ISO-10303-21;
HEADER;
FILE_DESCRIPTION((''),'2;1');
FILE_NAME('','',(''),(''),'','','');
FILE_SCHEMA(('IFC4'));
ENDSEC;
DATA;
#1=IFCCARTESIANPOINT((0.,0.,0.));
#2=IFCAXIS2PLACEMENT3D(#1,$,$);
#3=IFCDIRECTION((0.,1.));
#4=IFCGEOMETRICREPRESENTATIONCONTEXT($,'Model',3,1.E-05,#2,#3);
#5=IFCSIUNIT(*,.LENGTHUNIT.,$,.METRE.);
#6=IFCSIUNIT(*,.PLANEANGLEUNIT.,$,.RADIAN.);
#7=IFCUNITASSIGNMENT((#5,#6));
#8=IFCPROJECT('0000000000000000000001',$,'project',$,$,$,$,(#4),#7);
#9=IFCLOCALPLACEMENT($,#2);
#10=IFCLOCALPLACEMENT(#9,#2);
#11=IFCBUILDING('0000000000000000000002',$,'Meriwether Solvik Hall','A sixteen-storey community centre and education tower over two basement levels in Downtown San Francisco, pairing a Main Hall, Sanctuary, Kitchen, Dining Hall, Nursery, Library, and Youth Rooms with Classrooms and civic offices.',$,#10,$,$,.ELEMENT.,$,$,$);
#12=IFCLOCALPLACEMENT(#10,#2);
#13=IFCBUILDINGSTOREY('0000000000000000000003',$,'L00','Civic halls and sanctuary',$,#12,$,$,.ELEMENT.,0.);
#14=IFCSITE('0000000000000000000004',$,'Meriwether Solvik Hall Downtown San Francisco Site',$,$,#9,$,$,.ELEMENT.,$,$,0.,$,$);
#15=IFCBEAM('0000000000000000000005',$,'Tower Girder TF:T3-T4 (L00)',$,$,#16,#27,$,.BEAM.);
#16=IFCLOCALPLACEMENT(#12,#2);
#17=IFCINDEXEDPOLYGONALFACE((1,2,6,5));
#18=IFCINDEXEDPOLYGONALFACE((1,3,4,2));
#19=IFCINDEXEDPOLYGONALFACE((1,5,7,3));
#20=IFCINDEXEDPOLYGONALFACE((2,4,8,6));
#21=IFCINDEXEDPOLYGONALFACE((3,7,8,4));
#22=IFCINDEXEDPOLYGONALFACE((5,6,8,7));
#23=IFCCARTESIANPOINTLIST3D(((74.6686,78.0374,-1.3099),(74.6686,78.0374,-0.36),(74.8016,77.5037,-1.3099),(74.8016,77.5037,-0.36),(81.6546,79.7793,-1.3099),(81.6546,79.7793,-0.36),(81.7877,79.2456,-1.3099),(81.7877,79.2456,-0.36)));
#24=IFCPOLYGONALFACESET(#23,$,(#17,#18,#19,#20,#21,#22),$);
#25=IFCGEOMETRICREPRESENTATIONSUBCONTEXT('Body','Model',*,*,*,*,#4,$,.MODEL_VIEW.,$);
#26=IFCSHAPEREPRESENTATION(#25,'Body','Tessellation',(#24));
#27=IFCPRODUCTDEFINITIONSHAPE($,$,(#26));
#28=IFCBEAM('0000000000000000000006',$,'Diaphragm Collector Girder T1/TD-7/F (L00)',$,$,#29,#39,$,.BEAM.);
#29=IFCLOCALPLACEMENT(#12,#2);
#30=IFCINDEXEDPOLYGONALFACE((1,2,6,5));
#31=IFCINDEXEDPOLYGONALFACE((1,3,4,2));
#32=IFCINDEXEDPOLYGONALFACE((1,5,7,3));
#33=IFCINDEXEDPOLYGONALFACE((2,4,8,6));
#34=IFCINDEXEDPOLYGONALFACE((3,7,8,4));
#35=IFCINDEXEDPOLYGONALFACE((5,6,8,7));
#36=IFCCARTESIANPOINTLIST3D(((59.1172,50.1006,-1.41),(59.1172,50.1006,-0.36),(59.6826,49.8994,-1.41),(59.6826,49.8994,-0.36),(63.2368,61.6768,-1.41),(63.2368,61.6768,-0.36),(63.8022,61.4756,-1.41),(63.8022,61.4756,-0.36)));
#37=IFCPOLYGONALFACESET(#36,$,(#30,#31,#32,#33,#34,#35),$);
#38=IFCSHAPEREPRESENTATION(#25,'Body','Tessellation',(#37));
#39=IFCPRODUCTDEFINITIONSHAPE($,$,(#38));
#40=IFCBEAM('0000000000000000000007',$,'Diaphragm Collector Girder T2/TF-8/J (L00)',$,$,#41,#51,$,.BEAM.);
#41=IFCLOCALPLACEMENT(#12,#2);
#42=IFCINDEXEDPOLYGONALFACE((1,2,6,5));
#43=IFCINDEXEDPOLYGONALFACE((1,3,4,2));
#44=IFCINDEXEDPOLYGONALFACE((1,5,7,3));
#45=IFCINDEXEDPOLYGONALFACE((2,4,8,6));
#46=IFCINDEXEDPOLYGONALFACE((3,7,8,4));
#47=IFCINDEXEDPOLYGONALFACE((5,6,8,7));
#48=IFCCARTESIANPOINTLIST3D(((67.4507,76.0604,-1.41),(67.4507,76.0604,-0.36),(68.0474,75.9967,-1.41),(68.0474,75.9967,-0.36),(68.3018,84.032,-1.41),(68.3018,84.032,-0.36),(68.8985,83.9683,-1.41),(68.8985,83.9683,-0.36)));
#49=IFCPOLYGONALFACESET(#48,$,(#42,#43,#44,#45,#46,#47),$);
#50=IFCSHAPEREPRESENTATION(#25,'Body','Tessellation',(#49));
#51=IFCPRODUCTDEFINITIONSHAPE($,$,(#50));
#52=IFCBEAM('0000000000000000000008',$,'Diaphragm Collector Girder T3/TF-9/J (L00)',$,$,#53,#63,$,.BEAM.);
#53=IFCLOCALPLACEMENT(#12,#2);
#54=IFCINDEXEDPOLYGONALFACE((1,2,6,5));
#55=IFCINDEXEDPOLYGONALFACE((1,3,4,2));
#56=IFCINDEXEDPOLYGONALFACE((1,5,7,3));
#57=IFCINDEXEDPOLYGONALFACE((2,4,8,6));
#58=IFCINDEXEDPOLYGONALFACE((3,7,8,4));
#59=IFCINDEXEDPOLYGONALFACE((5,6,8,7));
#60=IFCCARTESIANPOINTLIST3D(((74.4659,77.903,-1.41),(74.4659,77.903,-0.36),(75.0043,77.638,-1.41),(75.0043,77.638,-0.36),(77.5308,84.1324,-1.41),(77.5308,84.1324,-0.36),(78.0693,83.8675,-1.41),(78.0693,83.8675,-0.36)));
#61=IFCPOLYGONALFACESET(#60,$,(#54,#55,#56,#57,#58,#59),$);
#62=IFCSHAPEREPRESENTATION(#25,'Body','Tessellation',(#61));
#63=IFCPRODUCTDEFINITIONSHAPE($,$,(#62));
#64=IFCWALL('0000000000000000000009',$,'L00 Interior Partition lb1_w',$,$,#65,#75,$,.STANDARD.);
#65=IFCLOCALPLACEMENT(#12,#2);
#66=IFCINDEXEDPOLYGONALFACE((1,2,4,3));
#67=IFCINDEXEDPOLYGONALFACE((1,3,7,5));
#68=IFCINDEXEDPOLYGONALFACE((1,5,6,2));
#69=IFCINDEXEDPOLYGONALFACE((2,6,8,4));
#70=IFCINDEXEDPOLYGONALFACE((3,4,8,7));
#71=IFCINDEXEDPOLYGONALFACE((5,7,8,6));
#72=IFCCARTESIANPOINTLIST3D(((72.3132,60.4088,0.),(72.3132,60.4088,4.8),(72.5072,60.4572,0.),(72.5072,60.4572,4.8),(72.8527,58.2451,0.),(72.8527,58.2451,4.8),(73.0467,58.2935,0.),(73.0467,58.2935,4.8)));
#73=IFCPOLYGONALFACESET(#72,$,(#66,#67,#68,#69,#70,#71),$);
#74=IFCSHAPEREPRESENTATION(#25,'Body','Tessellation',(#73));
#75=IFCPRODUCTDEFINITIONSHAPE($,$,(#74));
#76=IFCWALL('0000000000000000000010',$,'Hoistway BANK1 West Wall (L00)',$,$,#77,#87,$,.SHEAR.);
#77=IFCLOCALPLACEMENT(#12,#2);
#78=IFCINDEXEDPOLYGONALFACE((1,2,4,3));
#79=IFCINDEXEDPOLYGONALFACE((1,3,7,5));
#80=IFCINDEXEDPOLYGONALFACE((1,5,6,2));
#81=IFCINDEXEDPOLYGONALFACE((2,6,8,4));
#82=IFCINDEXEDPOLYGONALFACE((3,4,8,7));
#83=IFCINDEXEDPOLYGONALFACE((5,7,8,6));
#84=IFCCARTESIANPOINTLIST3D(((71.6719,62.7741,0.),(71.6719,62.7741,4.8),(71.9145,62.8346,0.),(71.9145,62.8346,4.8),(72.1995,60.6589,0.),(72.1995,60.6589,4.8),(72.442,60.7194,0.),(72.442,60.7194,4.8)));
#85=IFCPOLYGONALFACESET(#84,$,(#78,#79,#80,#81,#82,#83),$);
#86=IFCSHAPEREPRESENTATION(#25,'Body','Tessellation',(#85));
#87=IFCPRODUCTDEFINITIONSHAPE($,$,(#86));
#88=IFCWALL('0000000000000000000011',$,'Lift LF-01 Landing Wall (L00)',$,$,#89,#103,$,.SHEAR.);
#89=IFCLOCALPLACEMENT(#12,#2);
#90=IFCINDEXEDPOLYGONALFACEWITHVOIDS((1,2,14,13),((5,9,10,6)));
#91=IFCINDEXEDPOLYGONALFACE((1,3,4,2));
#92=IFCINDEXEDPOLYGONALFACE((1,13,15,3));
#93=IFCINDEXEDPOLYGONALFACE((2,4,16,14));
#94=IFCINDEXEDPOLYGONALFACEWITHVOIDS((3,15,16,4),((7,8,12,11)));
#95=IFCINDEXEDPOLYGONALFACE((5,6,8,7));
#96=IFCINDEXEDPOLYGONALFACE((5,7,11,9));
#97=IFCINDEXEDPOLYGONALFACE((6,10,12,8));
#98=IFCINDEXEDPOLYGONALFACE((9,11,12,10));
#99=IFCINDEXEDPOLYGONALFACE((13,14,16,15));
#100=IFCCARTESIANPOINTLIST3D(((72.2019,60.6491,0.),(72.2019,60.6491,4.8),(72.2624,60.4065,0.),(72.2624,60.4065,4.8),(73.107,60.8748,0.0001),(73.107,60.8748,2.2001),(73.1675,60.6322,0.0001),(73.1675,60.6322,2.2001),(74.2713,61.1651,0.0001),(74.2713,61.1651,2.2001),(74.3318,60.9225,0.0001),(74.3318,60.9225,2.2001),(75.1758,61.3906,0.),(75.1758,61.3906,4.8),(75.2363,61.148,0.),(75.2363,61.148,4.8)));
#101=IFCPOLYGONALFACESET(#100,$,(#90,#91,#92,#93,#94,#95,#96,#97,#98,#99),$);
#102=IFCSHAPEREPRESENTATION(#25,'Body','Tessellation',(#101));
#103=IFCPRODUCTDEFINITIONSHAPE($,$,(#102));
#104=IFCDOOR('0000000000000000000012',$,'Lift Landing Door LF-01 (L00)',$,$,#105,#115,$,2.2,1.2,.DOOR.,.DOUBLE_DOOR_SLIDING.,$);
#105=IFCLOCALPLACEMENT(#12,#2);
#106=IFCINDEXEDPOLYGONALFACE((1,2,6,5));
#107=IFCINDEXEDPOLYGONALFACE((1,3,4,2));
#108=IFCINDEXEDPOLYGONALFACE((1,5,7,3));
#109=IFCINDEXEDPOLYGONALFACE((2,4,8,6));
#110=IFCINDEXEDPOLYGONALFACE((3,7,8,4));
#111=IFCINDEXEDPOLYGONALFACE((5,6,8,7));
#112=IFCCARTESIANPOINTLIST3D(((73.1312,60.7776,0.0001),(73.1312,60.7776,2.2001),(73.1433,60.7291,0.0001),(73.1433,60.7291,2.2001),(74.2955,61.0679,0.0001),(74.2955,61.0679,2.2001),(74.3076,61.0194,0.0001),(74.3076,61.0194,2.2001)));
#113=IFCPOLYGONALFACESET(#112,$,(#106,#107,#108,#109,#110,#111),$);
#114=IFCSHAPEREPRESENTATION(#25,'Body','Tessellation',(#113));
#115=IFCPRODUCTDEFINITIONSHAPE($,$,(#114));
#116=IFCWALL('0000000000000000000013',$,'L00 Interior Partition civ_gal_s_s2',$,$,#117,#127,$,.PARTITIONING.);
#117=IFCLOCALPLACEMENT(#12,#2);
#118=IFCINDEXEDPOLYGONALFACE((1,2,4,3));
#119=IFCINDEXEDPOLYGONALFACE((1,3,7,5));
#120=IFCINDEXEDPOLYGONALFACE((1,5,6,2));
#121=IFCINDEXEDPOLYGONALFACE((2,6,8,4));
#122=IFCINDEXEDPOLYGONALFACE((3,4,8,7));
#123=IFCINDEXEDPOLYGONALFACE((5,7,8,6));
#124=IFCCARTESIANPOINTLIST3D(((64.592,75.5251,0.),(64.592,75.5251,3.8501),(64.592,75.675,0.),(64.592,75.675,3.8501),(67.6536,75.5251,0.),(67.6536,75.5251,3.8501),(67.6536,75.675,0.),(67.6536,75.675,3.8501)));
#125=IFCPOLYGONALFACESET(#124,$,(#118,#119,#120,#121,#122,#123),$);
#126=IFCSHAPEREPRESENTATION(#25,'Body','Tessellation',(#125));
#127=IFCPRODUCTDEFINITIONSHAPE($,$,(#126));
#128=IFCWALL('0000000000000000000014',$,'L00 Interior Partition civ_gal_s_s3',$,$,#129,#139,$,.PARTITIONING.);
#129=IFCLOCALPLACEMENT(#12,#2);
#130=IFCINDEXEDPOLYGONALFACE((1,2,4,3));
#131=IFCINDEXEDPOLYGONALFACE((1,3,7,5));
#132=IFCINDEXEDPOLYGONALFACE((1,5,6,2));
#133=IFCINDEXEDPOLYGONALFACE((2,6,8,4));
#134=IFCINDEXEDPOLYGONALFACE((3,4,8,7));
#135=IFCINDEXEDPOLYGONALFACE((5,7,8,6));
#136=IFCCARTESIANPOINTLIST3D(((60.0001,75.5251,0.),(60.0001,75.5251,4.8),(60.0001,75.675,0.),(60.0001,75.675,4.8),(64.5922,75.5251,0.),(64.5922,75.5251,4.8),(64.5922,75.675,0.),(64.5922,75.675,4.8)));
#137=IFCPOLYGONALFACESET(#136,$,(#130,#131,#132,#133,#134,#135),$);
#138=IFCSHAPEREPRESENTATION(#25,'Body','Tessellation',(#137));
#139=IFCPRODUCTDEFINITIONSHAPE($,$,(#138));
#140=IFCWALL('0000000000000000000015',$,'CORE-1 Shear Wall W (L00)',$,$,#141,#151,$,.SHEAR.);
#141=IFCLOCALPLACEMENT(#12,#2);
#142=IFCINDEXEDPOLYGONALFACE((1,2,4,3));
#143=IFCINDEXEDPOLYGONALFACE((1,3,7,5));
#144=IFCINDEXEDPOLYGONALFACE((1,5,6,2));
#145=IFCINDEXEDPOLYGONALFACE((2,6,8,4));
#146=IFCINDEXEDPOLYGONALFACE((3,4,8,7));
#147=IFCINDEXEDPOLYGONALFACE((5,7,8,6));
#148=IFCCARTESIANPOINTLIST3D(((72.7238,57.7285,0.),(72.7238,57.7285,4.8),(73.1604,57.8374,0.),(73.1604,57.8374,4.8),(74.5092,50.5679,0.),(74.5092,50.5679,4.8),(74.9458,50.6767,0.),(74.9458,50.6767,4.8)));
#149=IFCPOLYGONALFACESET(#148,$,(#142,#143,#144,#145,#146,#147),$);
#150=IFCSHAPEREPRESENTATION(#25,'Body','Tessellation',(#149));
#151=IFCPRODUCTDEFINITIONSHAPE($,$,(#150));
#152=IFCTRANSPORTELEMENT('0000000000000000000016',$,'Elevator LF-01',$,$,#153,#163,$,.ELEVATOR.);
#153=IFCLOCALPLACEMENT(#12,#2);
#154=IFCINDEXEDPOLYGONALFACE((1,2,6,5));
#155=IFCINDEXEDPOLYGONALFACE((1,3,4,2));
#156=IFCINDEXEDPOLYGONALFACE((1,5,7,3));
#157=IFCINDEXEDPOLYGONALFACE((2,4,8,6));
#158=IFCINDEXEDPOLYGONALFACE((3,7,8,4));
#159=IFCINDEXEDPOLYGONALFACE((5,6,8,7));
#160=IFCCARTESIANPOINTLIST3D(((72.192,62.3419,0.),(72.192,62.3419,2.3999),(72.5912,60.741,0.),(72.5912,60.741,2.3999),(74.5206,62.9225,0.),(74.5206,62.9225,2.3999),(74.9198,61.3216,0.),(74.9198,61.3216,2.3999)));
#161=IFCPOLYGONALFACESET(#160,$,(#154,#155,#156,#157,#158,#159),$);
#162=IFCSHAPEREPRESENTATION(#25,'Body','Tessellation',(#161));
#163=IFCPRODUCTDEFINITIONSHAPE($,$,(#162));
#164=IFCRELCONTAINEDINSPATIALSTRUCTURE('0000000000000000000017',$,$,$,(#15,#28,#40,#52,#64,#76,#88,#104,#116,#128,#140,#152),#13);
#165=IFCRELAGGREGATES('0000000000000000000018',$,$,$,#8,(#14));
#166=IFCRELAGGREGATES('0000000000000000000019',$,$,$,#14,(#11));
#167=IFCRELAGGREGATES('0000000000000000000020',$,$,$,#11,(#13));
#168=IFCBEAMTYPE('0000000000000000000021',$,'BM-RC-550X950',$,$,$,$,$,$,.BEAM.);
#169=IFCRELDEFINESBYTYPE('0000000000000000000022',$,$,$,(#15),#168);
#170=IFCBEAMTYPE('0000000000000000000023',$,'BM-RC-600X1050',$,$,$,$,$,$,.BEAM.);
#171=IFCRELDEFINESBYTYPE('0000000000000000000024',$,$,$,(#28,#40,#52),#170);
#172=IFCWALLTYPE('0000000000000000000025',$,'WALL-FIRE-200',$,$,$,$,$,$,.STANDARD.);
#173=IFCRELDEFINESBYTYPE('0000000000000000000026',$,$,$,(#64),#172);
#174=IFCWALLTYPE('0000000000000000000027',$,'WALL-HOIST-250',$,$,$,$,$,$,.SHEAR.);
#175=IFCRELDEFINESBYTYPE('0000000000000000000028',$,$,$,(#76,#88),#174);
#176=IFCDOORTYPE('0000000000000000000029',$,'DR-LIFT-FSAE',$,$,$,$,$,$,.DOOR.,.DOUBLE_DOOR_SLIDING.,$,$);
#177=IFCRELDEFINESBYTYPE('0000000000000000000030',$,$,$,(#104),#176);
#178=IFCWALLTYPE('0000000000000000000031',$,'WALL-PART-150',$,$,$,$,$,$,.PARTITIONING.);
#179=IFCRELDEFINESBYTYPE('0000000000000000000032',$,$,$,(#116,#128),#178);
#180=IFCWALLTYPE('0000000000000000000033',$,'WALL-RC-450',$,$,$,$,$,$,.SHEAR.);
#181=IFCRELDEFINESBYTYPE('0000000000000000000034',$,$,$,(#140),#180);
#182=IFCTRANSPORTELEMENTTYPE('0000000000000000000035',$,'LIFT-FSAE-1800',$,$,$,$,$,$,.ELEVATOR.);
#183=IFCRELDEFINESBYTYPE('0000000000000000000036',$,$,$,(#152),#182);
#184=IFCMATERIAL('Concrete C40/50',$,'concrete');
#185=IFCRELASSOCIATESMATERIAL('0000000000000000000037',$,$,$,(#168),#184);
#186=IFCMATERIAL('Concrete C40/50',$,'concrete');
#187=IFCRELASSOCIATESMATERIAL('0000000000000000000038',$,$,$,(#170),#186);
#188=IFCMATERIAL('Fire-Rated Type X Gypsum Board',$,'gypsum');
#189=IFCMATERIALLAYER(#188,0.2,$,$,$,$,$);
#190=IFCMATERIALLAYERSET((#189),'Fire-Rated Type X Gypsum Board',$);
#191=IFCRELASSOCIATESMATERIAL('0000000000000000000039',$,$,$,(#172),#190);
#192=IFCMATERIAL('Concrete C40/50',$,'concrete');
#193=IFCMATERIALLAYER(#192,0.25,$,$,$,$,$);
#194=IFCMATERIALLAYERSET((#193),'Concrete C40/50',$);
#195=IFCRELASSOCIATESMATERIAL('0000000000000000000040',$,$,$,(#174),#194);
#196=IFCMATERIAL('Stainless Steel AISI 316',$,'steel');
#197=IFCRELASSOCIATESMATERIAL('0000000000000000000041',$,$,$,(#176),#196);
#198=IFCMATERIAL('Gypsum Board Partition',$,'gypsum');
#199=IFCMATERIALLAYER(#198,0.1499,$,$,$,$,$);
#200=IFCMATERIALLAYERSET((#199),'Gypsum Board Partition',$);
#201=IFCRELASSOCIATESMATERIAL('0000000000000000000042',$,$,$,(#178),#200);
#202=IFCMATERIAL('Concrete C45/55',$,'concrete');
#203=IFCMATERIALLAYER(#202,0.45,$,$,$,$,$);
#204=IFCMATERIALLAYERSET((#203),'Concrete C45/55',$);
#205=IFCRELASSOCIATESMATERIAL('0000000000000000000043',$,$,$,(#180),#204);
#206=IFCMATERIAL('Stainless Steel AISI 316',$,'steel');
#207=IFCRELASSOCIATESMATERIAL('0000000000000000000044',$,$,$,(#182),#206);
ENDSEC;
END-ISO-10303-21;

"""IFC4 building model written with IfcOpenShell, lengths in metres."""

from ifc_helpers import new_model, si_unit, direction, frame, frame_2d, origin, origin_2d, place, context, subcontext, project, spatial, rectangle, extrude, material, layer, layer_set, material_profile, profile_set, type_object, element, fill, save


model = new_model("IFC4")

# Units and contexts
model_context = context("Model", 3, precision=1e-05, world=origin(), true_north=direction((0.0, 1.0)))
body_context = subcontext(model_context, "Body", "Model", "MODEL_VIEW")
ifc_project = project(units=[si_unit("LENGTHUNIT", "METRE"), si_unit("PLANEANGLEUNIT", "RADIAN")], contexts=[model_context])

# Site, building, storey
site_placement = place(None, origin())
site = spatial("IfcSite", under=ifc_project, at=site_placement, Name="Meriwether Solvik Hall Downtown San Francisco Site", CompositionType="ELEMENT", RefElevation=0.0)
building_placement = place(site_placement, origin())
building = spatial("IfcBuilding", under=site, at=building_placement, Name="Meriwether Solvik Hall", Description="A sixteen-storey community centre and education tower over two basement levels in Downtown San Francisco, pairing a Main Hall, Sanctuary, Kitchen, Dining Hall, Nursery, Library, and Youth Rooms with Classrooms and civic offices.", CompositionType="ELEMENT")
storey_placement = place(building_placement, origin())
storey = spatial("IfcBuildingStorey", under=building, at=storey_placement, Name="L00", Description="Civic halls and sanctuary", CompositionType="ELEMENT", Elevation=0.0)

# Beams
ifc_material_1 = material(Name="Concrete C40/50", Category="concrete")
ifc_material_profile_1 = material_profile(ifc_material_1, rectangle(XDim=0.55, YDim=0.95, at=origin_2d()), Name="RCB-550X950")
ifc_profile_set_1 = profile_set([ifc_material_profile_1], Name="Concrete C40/50")
beam_type_1 = type_object("IfcBeamType", Name="BM-RC-550X950", PredefinedType="BEAM", material=ifc_profile_set_1)
for number, where, z_axis, x_axis, name in (
    (1, (74.7351, 77.7705, -0.835), (0.970292, 0.241937, 0.0), (-0.241937, 0.970292, 0.0), "Tower Girder TF:T3-T4 (L00)"),
):
    element("IfcBeam", number, at=place(storey_placement, frame(where, z_axis=z_axis, x_axis=x_axis)), inside=storey, type_object=beam_type_1, Name=name, PredefinedType="BEAM", context=body_context, shape_type="SweptSolid", body=[
        extrude(rectangle(XDim=0.55, YDim=0.95, at=origin_2d()), origin(), (0.0, 0.0, 1.0), 7.2),
    ])
ifc_material_2 = material(Name="Concrete C40/50", Category="concrete")
ifc_material_profile_2 = material_profile(ifc_material_2, rectangle(XDim=0.6001, YDim=1.05, at=origin_2d()), Name="RCB-600X1050")
ifc_profile_set_2 = profile_set([ifc_material_profile_2], Name="Concrete C40/50")
beam_type_2 = type_object("IfcBeamType", Name="BM-RC-600X1050", PredefinedType="BEAM", material=ifc_profile_set_2)
beam_1_placement = place(storey_placement, frame((63.5195, 61.5762, -0.885), z_axis=(-0.335274, -0.942121, 0.0), x_axis=(0.942121, -0.335274, 0.0)))
element("IfcBeam", 2, at=beam_1_placement, inside=storey, type_object=beam_type_2, Name="Diaphragm Collector Girder T1/TD-7/F (L00)", PredefinedType="BEAM", context=body_context, shape_type="SweptSolid", body=[
    extrude(rectangle(XDim=0.6001, YDim=1.05, at=origin_2d()), origin(), (0.0, 0.0, 1.0), 12.2874),
])
beam_2_placement = place(storey_placement, frame((67.749, 76.0286, -0.885), z_axis=(0.106162, 0.994349, 0.0), x_axis=(-0.994349, 0.106162, 0.0)))
element("IfcBeam", 3, at=beam_2_placement, inside=storey, type_object=beam_type_2, Name="Diaphragm Collector Girder T2/TF-8/J (L00)", PredefinedType="BEAM", context=body_context, shape_type="SweptSolid", body=[
    extrude(rectangle(XDim=0.6001, YDim=1.05, at=origin_2d()), origin(), (0.0, 0.0, 1.0), 8.0168),
])
beam_3_placement = place(storey_placement, frame((74.7351, 77.7705, -0.885), z_axis=(0.441465, 0.897278, 0.0), x_axis=(-0.897278, 0.441465, 0.0)))
element("IfcBeam", 4, at=beam_3_placement, inside=storey, type_object=beam_type_2, Name="Diaphragm Collector Girder T3/TF-9/J (L00)", PredefinedType="BEAM", context=body_context, shape_type="SweptSolid", body=[
    extrude(rectangle(XDim=0.6001, YDim=1.05, at=origin_2d()), origin(), (0.0, 0.0, 1.0), 6.9426),
])

# Walls
ifc_material_3 = material(Name="Fire-Rated Type X Gypsum Board", Category="gypsum")
ifc_layer_1 = layer(ifc_material_3, 0.2)
ifc_layer_set_1 = layer_set([ifc_layer_1], Name="Fire-Rated Type X Gypsum Board")
wall_type_1 = type_object("IfcWallType", Name="WALL-FIRE-200", PredefinedType="STANDARD", material=ifc_layer_set_1)
wall_1_placement = place(storey_placement, frame((72.9497, 58.2693, 0.0), z_axis=(0.0, 0.0, 1.0), x_axis=(-0.241943, 0.97029, 0.0)))
element("IfcWall", 5, at=wall_1_placement, inside=storey, type_object=wall_type_1, Name="L00 Interior Partition lb1_w", PredefinedType="STANDARD", context=body_context, shape_type="SweptSolid", body=[
    extrude(rectangle(XDim=2.23, YDim=0.2, at=frame_2d((1.115, 0.0))), origin(), (0.0, 0.0, 1.0), 4.8),
])
ifc_material_4 = material(Name="Concrete C40/50", Category="concrete")
ifc_layer_2 = layer(ifc_material_4, 0.25)
ifc_layer_set_2 = layer_set([ifc_layer_2], Name="Concrete C40/50")
wall_type_2 = type_object("IfcWallType", Name="WALL-HOIST-250", PredefinedType="SHEAR", material=ifc_layer_set_2)
wall_2_placement = place(storey_placement, frame((71.7932, 62.8042, 0.0), z_axis=(0.0, 0.0, 1.0), x_axis=(0.242009, -0.970274, 0.0)))
element("IfcWall", 6, at=wall_2_placement, inside=storey, type_object=wall_type_2, Name="Hoistway BANK1 West Wall (L00)", PredefinedType="SHEAR", context=body_context, shape_type="SweptSolid", body=[
    extrude(rectangle(XDim=2.1799, YDim=0.25, at=frame_2d((1.0898, 0.0))), origin(), (0.0, 0.0, 1.0), 4.8),
])

# Wall, opening, door
wall_3_placement = place(storey_placement, frame((72.2322, 60.5278, 0.0), z_axis=(0.0, 0.0, 1.0), x_axis=(0.970297, 0.241917, 0.0)))
wall_3 = element("IfcWall", 7, at=wall_3_placement, inside=storey, type_object=wall_type_2, Name="Lift LF-01 Landing Wall (L00)", PredefinedType="SHEAR", context=body_context, shape_type="SweptSolid", body=[
    extrude(rectangle(XDim=3.0649, YDim=0.25, at=frame_2d((1.5325, 0.0))), origin(), (0.0, 0.0, 1.0), 4.8),
])
opening_placement = place(wall_3_placement, frame((0.9326, 0.0, 0.0)))
opening = element("IfcOpeningElement", 8, at=opening_placement, cuts=wall_3, PredefinedType="OPENING", context=body_context, shape_type="SweptSolid", body=[
    extrude(rectangle(XDim=1.2, YDim=2.2, at=frame_2d((0.6001, 1.1001))), frame((0.0, 0.137, 0.0), z_axis=(0.0, -1.0, 0.0), x_axis=(1.0, 0.0, 0.0)), (0.0, 0.0, 1.0), 0.2739),
])
ifc_material_5 = material(Name="Stainless Steel AISI 316", Category="steel")
door_type = type_object("IfcDoorType", Name="DR-LIFT-FSAE", OperationType="DOUBLE_DOOR_SLIDING", PredefinedType="DOOR", material=ifc_material_5)
door_placement = place(opening_placement, origin())
door = element("IfcDoor", 9, at=door_placement, inside=storey, type_object=door_type, Name="Lift Landing Door LF-01 (L00)", OperationType="DOUBLE_DOOR_SLIDING", OverallHeight=2.2, OverallWidth=1.2, PredefinedType="DOOR", context=body_context, shape_type="SweptSolid", body=[
    extrude(rectangle(XDim=1.2, YDim=2.2, at=frame_2d((0.6001, 1.1001))), frame((0.0, 0.0249, 0.0), z_axis=(0.0, -1.0, 0.0), x_axis=(1.0, 0.0, 0.0)), (0.0, 0.0, 1.0), 0.05),
])
fill(opening, door)

# Walls
ifc_material_6 = material(Name="Gypsum Board Partition", Category="gypsum")
ifc_layer_3 = layer(ifc_material_6, 0.1499)
ifc_layer_set_3 = layer_set([ifc_layer_3], Name="Gypsum Board Partition")
wall_type_3 = type_object("IfcWallType", Name="WALL-PART-150", PredefinedType="PARTITIONING", material=ifc_layer_set_3)
wall_4_placement = place(storey_placement, frame((67.6536, 75.6001, 0.0), z_axis=(0.0, 0.0, 1.0), x_axis=(-1.0, 0.0, 0.0)))
element("IfcWall", 10, at=wall_4_placement, inside=storey, type_object=wall_type_3, Name="L00 Interior Partition civ_gal_s_s2", PredefinedType="PARTITIONING", context=body_context, shape_type="SweptSolid", body=[
    extrude(rectangle(XDim=3.0615, YDim=0.1499, at=frame_2d((1.5308, 0.0))), origin(), (0.0, 0.0, 1.0), 3.8501),
])
wall_5_placement = place(storey_placement, frame((64.592, 75.6001, 0.0), z_axis=(0.0, 0.0, 1.0), x_axis=(-1.0, 0.0, 0.0)))
element("IfcWall", 11, at=wall_5_placement, inside=storey, type_object=wall_type_3, Name="L00 Interior Partition civ_gal_s_s3", PredefinedType="PARTITIONING", context=body_context, shape_type="SweptSolid", body=[
    extrude(rectangle(XDim=4.592, YDim=0.1499, at=frame_2d((2.2959, 0.0))), origin(), (0.0, 0.0, 1.0), 4.8),
])
ifc_material_7 = material(Name="Concrete C45/55", Category="concrete")
ifc_layer_4 = layer(ifc_material_7, 0.45)
ifc_layer_set_4 = layer_set([ifc_layer_4], Name="Concrete C45/55")
wall_type_4 = type_object("IfcWallType", Name="WALL-RC-450", PredefinedType="SHEAR", material=ifc_layer_set_4)
wall_6_placement = place(storey_placement, frame((72.9421, 57.783, 0.0), z_axis=(0.0, 0.0, 1.0), x_axis=(0.241928, -0.970294, 0.0)))
element("IfcWall", 12, at=wall_6_placement, inside=storey, type_object=wall_type_4, Name="CORE-1 Shear Wall W (L00)", PredefinedType="SHEAR", context=body_context, shape_type="SweptSolid", body=[
    extrude(rectangle(XDim=7.3799, YDim=0.45, at=frame_2d((3.6899, 0.0))), origin(), (0.0, 0.0, 1.0), 4.8),
])

# Transport element
ifc_material_8 = material(Name="Stainless Steel AISI 316", Category="steel")
transport_element_type = type_object("IfcTransportElementType", Name="LIFT-FSAE-1800", PredefinedType="ELEVATOR", material=ifc_material_8)
transport_element_placement = place(storey_placement, frame((73.5559, 61.8318, 0.0), z_axis=(0.0, 0.0, 1.0), x_axis=(0.970296, 0.241922, 0.0)))
element("IfcTransportElement", 13, at=transport_element_placement, inside=storey, type_object=transport_element_type, Name="Elevator LF-01", PredefinedType="ELEVATOR", context=body_context, shape_type="SweptSolid", body=[
    extrude(rectangle(XDim=2.3999, YDim=1.6499, at=origin_2d()), origin(), (0.0, 0.0, 1.0), 2.3999),
])

save(model, "model.ifc")
